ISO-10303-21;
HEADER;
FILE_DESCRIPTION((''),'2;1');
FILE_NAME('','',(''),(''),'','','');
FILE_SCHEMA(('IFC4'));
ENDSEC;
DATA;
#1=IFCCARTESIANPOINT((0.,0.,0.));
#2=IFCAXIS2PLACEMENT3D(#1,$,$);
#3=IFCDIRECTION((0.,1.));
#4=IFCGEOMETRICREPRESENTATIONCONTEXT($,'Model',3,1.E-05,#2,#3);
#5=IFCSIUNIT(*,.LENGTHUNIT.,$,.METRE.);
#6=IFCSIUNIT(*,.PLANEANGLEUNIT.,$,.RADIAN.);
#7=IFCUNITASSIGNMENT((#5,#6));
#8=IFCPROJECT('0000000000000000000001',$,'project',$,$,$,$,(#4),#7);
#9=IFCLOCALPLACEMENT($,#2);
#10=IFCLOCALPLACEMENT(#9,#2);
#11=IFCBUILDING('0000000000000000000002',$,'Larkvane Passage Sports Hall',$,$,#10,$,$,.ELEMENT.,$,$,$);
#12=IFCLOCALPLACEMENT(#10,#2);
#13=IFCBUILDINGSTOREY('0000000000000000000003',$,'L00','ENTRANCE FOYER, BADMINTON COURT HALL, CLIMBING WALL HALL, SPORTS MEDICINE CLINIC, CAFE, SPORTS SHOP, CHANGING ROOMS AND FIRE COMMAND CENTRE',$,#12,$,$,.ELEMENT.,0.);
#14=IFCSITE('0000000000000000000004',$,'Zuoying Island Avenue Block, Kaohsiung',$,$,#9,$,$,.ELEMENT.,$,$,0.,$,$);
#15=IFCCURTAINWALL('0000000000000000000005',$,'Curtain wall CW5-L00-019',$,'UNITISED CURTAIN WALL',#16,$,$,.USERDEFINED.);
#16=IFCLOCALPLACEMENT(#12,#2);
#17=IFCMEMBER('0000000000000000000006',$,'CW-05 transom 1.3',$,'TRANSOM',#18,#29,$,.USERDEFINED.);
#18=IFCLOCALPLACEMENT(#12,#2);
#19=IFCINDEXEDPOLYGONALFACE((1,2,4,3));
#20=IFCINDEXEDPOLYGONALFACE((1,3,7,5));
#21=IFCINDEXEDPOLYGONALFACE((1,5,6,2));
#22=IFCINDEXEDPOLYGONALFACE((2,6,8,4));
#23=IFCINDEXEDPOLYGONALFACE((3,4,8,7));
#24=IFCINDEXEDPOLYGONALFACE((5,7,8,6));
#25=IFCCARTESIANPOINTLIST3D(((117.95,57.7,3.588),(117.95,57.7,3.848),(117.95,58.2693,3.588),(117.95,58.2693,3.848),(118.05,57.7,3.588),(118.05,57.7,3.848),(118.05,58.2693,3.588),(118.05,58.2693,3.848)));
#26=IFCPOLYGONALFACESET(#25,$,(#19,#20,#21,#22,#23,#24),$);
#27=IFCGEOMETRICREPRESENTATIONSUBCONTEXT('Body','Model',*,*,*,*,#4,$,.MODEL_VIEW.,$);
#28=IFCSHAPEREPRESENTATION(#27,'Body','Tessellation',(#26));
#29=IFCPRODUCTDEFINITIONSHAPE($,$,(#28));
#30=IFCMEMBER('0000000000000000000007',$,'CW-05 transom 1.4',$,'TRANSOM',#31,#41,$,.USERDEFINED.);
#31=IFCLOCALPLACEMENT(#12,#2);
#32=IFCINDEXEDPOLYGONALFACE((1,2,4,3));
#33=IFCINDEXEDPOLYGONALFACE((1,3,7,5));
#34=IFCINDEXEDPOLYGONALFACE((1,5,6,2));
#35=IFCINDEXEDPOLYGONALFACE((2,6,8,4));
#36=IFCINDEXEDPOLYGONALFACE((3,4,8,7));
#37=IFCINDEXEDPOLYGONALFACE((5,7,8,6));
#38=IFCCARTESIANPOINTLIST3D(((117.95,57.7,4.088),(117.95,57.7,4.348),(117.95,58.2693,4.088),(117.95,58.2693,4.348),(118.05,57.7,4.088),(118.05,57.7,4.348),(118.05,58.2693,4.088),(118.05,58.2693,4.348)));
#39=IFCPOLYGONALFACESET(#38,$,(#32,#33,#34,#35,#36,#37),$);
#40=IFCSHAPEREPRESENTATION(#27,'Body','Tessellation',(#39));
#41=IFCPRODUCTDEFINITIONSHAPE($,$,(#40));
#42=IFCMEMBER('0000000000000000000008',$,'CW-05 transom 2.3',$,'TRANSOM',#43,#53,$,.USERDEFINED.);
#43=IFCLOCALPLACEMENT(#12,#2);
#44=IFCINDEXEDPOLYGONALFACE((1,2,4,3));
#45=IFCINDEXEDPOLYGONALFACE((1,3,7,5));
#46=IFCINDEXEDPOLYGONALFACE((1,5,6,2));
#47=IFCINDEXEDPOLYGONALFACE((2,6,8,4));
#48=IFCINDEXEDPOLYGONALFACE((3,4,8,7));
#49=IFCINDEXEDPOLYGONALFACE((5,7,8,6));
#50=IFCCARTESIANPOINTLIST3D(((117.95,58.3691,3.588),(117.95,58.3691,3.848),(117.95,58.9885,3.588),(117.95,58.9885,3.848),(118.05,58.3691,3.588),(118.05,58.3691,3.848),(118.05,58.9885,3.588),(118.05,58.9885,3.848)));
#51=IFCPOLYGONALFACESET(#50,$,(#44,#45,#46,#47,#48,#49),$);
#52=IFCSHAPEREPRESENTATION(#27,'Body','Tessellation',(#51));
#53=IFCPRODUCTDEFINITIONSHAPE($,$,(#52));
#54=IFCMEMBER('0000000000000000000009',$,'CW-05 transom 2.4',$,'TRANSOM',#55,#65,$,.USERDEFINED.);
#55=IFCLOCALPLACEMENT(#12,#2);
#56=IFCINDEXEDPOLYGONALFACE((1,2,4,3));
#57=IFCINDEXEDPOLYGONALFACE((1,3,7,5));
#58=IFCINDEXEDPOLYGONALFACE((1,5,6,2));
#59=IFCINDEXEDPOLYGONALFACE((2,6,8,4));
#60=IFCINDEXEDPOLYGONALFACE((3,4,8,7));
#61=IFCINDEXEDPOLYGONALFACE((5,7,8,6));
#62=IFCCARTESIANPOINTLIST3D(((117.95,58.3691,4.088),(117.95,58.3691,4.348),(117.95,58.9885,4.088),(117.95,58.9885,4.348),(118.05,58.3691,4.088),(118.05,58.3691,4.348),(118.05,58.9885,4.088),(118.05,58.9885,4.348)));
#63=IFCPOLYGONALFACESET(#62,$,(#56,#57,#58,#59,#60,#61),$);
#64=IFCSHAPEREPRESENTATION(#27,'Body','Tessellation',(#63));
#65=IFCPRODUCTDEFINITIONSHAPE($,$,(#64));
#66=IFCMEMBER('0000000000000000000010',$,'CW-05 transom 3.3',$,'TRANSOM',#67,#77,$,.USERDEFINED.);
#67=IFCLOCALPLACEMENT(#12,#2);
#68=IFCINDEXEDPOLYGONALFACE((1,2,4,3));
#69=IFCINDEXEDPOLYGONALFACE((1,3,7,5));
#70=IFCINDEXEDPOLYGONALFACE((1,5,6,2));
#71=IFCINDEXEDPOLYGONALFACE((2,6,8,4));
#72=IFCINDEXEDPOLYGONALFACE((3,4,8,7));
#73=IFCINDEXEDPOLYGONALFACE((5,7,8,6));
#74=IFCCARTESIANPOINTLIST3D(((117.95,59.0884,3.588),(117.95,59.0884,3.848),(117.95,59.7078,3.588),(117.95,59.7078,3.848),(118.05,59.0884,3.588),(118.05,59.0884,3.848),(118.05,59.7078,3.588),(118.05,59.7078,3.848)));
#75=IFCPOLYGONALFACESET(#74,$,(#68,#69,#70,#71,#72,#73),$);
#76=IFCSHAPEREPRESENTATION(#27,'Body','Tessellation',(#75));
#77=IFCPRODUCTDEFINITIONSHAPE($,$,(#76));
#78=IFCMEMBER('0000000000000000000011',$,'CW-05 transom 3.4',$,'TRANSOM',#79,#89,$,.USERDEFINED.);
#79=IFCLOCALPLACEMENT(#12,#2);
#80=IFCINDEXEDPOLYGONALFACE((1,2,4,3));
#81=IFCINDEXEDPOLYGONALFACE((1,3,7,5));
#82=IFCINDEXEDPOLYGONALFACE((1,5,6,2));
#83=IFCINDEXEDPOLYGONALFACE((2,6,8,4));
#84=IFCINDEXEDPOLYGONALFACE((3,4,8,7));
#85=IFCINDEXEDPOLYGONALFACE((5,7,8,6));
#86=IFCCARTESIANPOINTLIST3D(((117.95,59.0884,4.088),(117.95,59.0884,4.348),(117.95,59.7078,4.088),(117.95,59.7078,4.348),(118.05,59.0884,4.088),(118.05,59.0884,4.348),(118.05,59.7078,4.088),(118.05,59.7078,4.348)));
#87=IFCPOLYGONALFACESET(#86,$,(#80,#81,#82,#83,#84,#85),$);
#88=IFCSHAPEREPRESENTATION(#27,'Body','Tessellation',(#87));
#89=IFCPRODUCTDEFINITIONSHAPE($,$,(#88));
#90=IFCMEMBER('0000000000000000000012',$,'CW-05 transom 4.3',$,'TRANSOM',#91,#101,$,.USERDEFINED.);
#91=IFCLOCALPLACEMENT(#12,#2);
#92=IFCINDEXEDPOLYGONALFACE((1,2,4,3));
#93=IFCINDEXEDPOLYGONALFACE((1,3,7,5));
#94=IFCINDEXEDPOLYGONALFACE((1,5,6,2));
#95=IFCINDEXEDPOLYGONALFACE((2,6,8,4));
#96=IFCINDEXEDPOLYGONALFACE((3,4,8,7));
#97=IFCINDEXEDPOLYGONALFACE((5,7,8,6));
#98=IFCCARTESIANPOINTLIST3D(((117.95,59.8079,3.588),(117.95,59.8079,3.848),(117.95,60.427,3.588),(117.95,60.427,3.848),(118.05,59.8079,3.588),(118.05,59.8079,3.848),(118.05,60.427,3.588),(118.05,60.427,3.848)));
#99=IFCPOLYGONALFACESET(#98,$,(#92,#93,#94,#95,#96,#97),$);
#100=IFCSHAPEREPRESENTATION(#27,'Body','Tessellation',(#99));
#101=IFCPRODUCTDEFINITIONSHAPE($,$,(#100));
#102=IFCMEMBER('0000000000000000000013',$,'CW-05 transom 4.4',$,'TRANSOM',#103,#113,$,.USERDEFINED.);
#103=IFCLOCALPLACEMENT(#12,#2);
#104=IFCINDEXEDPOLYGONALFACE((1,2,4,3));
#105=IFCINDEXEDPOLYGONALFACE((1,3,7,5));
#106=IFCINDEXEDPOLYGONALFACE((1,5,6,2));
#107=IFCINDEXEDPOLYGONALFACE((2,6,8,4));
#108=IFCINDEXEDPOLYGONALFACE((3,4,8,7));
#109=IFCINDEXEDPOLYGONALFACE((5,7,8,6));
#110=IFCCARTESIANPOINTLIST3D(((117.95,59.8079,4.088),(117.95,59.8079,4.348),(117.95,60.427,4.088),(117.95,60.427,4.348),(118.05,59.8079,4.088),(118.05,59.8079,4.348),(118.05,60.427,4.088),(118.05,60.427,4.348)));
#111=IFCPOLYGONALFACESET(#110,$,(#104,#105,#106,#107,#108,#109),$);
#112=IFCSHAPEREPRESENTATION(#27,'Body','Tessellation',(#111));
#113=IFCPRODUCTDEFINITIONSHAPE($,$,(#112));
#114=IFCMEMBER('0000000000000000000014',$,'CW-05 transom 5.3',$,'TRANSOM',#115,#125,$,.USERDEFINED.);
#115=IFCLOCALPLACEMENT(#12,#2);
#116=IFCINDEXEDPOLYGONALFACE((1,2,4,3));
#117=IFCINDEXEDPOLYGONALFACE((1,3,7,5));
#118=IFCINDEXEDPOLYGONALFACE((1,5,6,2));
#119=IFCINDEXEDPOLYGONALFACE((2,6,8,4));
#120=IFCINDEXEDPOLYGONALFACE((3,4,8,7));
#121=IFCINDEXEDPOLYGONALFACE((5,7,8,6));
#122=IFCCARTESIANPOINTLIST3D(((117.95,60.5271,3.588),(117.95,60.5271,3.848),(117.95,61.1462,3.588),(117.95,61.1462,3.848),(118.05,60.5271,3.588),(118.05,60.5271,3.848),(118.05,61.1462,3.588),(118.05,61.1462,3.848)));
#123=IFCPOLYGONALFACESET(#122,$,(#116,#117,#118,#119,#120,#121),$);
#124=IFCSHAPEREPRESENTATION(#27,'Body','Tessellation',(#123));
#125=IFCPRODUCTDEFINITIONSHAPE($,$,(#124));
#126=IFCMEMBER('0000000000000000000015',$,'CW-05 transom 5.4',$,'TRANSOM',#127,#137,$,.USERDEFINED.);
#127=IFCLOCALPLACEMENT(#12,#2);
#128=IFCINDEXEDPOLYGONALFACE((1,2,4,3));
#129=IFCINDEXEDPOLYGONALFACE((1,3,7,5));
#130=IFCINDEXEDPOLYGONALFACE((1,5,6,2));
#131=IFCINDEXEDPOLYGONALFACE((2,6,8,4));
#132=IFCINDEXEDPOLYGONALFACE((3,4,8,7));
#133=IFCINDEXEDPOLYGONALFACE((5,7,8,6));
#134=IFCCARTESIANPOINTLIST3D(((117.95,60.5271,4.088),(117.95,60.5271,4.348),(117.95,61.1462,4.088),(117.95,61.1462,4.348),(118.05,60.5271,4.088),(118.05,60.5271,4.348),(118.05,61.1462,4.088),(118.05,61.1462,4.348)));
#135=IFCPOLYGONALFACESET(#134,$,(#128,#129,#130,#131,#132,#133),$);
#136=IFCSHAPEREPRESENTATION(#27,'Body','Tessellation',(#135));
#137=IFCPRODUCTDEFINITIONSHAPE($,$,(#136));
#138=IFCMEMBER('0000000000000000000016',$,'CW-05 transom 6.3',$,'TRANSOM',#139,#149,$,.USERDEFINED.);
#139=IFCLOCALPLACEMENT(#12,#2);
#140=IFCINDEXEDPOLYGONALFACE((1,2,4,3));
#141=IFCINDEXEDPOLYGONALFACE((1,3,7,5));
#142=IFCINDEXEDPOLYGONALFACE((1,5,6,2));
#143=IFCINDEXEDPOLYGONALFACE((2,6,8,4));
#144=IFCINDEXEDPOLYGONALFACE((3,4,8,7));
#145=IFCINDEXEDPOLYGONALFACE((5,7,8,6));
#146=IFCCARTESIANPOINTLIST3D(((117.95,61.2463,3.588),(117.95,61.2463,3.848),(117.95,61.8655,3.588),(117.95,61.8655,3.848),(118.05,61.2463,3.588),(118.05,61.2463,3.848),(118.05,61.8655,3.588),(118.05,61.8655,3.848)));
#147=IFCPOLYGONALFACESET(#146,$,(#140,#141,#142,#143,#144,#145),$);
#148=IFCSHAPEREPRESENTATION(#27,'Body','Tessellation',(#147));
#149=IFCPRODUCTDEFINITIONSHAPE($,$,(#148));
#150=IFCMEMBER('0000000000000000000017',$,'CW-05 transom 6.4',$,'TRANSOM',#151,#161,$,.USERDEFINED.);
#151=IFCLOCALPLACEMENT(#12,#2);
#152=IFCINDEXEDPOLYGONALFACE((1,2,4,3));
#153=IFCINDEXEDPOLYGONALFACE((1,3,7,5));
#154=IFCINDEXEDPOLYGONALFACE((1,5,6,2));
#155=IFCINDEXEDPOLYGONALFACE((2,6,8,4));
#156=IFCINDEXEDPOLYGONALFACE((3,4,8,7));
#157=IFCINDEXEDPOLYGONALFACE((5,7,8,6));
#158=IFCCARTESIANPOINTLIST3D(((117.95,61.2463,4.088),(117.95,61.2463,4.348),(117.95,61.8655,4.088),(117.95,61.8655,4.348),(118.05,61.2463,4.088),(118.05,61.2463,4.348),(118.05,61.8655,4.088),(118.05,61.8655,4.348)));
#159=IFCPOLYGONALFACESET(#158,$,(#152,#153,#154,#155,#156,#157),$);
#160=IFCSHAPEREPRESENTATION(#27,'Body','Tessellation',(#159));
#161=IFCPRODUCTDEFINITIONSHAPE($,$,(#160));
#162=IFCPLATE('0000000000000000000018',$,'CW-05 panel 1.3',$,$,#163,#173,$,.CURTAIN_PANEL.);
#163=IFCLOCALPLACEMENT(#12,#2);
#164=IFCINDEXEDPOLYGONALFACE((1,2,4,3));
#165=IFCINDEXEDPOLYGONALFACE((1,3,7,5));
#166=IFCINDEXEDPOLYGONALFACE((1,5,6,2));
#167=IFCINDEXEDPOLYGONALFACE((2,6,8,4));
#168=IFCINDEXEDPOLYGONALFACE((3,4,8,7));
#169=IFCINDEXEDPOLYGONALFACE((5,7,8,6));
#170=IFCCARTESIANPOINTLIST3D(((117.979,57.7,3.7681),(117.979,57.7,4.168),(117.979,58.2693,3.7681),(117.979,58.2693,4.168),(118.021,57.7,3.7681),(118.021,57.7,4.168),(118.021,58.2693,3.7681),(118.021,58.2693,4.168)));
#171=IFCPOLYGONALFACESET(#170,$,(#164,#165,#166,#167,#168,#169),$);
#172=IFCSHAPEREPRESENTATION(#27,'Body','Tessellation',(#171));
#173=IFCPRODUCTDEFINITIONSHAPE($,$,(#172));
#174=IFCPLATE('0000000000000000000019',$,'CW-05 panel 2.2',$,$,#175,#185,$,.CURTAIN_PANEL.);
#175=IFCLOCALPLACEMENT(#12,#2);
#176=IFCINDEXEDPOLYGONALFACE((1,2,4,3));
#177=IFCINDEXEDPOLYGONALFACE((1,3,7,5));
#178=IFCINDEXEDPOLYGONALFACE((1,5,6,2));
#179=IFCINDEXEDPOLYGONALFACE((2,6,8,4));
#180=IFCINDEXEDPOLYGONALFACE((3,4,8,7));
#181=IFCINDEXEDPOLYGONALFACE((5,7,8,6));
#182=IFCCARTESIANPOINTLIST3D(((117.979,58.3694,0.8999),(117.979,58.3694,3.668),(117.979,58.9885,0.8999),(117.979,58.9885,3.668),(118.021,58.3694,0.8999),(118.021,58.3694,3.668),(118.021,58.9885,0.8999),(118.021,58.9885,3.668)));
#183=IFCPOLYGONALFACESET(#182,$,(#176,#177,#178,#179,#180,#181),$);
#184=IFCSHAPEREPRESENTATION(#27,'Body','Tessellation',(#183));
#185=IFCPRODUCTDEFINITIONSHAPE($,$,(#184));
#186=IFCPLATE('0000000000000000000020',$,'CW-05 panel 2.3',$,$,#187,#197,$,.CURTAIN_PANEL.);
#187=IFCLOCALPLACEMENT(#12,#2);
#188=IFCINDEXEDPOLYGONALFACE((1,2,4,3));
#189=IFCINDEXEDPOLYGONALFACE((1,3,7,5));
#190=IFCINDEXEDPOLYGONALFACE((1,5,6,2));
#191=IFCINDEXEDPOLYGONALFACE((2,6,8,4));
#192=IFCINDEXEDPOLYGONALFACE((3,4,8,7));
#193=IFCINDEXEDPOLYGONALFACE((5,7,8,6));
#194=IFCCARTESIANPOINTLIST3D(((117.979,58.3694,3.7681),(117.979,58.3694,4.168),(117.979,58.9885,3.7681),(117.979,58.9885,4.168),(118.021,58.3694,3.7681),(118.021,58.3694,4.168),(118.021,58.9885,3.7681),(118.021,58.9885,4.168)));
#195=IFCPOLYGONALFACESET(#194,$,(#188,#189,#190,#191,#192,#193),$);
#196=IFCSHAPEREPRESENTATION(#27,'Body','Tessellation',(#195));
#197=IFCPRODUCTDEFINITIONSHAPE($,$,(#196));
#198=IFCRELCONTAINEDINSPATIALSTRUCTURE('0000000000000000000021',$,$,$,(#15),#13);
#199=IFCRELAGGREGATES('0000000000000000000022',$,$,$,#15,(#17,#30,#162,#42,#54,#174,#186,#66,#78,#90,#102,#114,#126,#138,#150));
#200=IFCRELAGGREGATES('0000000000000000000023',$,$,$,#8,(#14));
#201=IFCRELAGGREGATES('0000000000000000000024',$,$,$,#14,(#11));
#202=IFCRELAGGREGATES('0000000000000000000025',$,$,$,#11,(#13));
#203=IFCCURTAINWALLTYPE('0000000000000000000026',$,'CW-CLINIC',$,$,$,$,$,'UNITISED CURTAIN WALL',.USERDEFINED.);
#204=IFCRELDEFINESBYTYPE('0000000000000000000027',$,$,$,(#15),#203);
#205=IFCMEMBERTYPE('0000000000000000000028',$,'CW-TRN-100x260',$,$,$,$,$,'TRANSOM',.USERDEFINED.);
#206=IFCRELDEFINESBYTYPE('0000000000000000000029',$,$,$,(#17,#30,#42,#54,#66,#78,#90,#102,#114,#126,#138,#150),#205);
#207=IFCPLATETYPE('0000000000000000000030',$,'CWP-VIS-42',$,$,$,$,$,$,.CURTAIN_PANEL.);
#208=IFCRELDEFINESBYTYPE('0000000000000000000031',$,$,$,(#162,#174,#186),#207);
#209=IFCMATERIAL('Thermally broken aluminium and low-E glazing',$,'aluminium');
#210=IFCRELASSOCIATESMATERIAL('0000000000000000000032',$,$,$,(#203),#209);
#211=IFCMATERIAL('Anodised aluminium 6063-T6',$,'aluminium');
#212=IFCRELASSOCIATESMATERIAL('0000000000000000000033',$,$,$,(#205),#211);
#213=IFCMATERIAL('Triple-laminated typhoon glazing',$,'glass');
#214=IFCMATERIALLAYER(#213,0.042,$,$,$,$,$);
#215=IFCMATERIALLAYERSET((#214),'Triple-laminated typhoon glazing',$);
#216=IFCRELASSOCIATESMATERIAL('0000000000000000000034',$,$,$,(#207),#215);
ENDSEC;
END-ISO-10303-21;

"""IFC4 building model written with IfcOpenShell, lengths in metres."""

from ifc_helpers import new_model, si_unit, direction, frame, origin, origin_2d, place, context, subcontext, project, spatial, rectangle, extrude, material, layer, layer_set, material_profile, profile_set, type_object, element, aggregate, save


model = new_model("IFC4")

# Units and contexts
model_context = context("Model", 3, precision=1e-05, world=origin(), true_north=direction((0.0, 1.0)))
body_context = subcontext(model_context, "Body", "Model", "MODEL_VIEW")
ifc_project = project(units=[si_unit("LENGTHUNIT", "METRE"), si_unit("PLANEANGLEUNIT", "RADIAN")], contexts=[model_context])

# Site, building, storey
site_placement = place(None, origin())
site = spatial("IfcSite", under=ifc_project, at=site_placement, Name="Zuoying Island Avenue Block, Kaohsiung", CompositionType="ELEMENT", RefElevation=0.0)
building_placement = place(site_placement, origin())
building = spatial("IfcBuilding", under=site, at=building_placement, Name="Larkvane Passage Sports Hall", CompositionType="ELEMENT")
storey_placement = place(building_placement, origin())
storey = spatial("IfcBuildingStorey", under=building, at=storey_placement, Name="L00", Description="ENTRANCE FOYER, BADMINTON COURT HALL, CLIMBING WALL HALL, SPORTS MEDICINE CLINIC, CAFE, SPORTS SHOP, CHANGING ROOMS AND FIRE COMMAND CENTRE", CompositionType="ELEMENT", Elevation=0.0)

# Curtain wall, members, plates
ifc_material_1 = material(Name="Thermally broken aluminium and low-E glazing", Category="aluminium")
curtain_wall_type = type_object("IfcCurtainWallType", Name="CW-CLINIC", ElementType="UNITISED CURTAIN WALL", PredefinedType="USERDEFINED", material=ifc_material_1)
curtain_wall_placement = place(storey_placement, origin())
curtain_wall = element("IfcCurtainWall", 1, at=curtain_wall_placement, inside=storey, type_object=curtain_wall_type, Name="Curtain wall CW5-L00-019", ObjectType="UNITISED CURTAIN WALL", PredefinedType="USERDEFINED")
ifc_material_2 = material(Name="Anodised aluminium 6063-T6", Category="aluminium")
ifc_material_profile = material_profile(ifc_material_2, rectangle(XDim=0.1001, YDim=0.26, at=origin_2d()), Name="ALU-TRN-100x260")
ifc_profile_set = profile_set([ifc_material_profile], Name="Anodised aluminium 6063-T6")
member_type = type_object("IfcMemberType", Name="CW-TRN-100x260", ElementType="TRANSOM", PredefinedType="USERDEFINED", material=ifc_profile_set)
member_1_placement = place(storey_placement, frame((118.0, 57.7, 3.718), z_axis=(0.0, 1.0, 0.0), x_axis=(-1.0, 0.0, 0.0)))
member_1 = element("IfcMember", 2, at=member_1_placement, type_object=member_type, Name="CW-05 transom 1.3", ObjectType="TRANSOM", PredefinedType="USERDEFINED", context=body_context, shape_type="SweptSolid", body=[
    extrude(rectangle(XDim=0.1001, YDim=0.26, at=origin_2d()), origin(), (0.0, 0.0, 1.0), 0.5693),
])
member_2_placement = place(storey_placement, frame((118.0, 57.7, 4.218), z_axis=(0.0, 1.0, 0.0), x_axis=(-1.0, 0.0, 0.0)))
member_2 = element("IfcMember", 3, at=member_2_placement, type_object=member_type, Name="CW-05 transom 1.4", ObjectType="TRANSOM", PredefinedType="USERDEFINED", context=body_context, shape_type="SweptSolid", body=[
    extrude(rectangle(XDim=0.1001, YDim=0.26, at=origin_2d()), origin(), (0.0, 0.0, 1.0), 0.5693),
])
member_3_placement = place(storey_placement, frame((118.0, 58.3691, 3.718), z_axis=(0.0, 1.0, 0.0), x_axis=(-1.0, 0.0, 0.0)))
member_3 = element("IfcMember", 4, at=member_3_placement, type_object=member_type, Name="CW-05 transom 2.3", ObjectType="TRANSOM", PredefinedType="USERDEFINED", context=body_context, shape_type="SweptSolid", body=[
    extrude(rectangle(XDim=0.1001, YDim=0.26, at=origin_2d()), origin(), (0.0, 0.0, 1.0), 0.6194),
])
member_4_placement = place(storey_placement, frame((118.0, 58.3691, 4.218), z_axis=(0.0, 1.0, 0.0), x_axis=(-1.0, 0.0, 0.0)))
member_4 = element("IfcMember", 5, at=member_4_placement, type_object=member_type, Name="CW-05 transom 2.4", ObjectType="TRANSOM", PredefinedType="USERDEFINED", context=body_context, shape_type="SweptSolid", body=[
    extrude(rectangle(XDim=0.1001, YDim=0.26, at=origin_2d()), origin(), (0.0, 0.0, 1.0), 0.6194),
])
member_5_placement = place(storey_placement, frame((118.0, 59.0884, 3.718), z_axis=(0.0, 1.0, 0.0), x_axis=(-1.0, 0.0, 0.0)))
member_5 = element("IfcMember", 6, at=member_5_placement, type_object=member_type, Name="CW-05 transom 3.3", ObjectType="TRANSOM", PredefinedType="USERDEFINED", context=body_context, shape_type="SweptSolid", body=[
    extrude(rectangle(XDim=0.1001, YDim=0.26, at=origin_2d()), origin(), (0.0, 0.0, 1.0), 0.6194),
])
member_6_placement = place(storey_placement, frame((118.0, 59.0884, 4.218), z_axis=(0.0, 1.0, 0.0), x_axis=(-1.0, 0.0, 0.0)))
member_6 = element("IfcMember", 7, at=member_6_placement, type_object=member_type, Name="CW-05 transom 3.4", ObjectType="TRANSOM", PredefinedType="USERDEFINED", context=body_context, shape_type="SweptSolid", body=[
    extrude(rectangle(XDim=0.1001, YDim=0.26, at=origin_2d()), origin(), (0.0, 0.0, 1.0), 0.6194),
])
member_7_placement = place(storey_placement, frame((118.0, 59.8079, 3.718), z_axis=(0.0, 1.0, 0.0), x_axis=(-1.0, 0.0, 0.0)))
member_7 = element("IfcMember", 8, at=member_7_placement, type_object=member_type, Name="CW-05 transom 4.3", ObjectType="TRANSOM", PredefinedType="USERDEFINED", context=body_context, shape_type="SweptSolid", body=[
    extrude(rectangle(XDim=0.1001, YDim=0.26, at=origin_2d()), origin(), (0.0, 0.0, 1.0), 0.6191),
])
member_8_placement = place(storey_placement, frame((118.0, 59.8079, 4.218), z_axis=(0.0, 1.0, 0.0), x_axis=(-1.0, 0.0, 0.0)))
member_8 = element("IfcMember", 9, at=member_8_placement, type_object=member_type, Name="CW-05 transom 4.4", ObjectType="TRANSOM", PredefinedType="USERDEFINED", context=body_context, shape_type="SweptSolid", body=[
    extrude(rectangle(XDim=0.1001, YDim=0.26, at=origin_2d()), origin(), (0.0, 0.0, 1.0), 0.6191),
])
member_9_placement = place(storey_placement, frame((118.0, 60.5271, 3.718), z_axis=(0.0, 1.0, 0.0), x_axis=(-1.0, 0.0, 0.0)))
member_9 = element("IfcMember", 10, at=member_9_placement, type_object=member_type, Name="CW-05 transom 5.3", ObjectType="TRANSOM", PredefinedType="USERDEFINED", context=body_context, shape_type="SweptSolid", body=[
    extrude(rectangle(XDim=0.1001, YDim=0.26, at=origin_2d()), origin(), (0.0, 0.0, 1.0), 0.6191),
])
member_10_placement = place(storey_placement, frame((118.0, 60.5271, 4.218), z_axis=(0.0, 1.0, 0.0), x_axis=(-1.0, 0.0, 0.0)))
member_10 = element("IfcMember", 11, at=member_10_placement, type_object=member_type, Name="CW-05 transom 5.4", ObjectType="TRANSOM", PredefinedType="USERDEFINED", context=body_context, shape_type="SweptSolid", body=[
    extrude(rectangle(XDim=0.1001, YDim=0.26, at=origin_2d()), origin(), (0.0, 0.0, 1.0), 0.6191),
])
member_11_placement = place(storey_placement, frame((118.0, 61.2463, 3.718), z_axis=(0.0, 1.0, 0.0), x_axis=(-1.0, 0.0, 0.0)))
member_11 = element("IfcMember", 12, at=member_11_placement, type_object=member_type, Name="CW-05 transom 6.3", ObjectType="TRANSOM", PredefinedType="USERDEFINED", context=body_context, shape_type="SweptSolid", body=[
    extrude(rectangle(XDim=0.1001, YDim=0.26, at=origin_2d()), origin(), (0.0, 0.0, 1.0), 0.6191),
])
member_12_placement = place(storey_placement, frame((118.0, 61.2463, 4.218), z_axis=(0.0, 1.0, 0.0), x_axis=(-1.0, 0.0, 0.0)))
member_12 = element("IfcMember", 13, at=member_12_placement, type_object=member_type, Name="CW-05 transom 6.4", ObjectType="TRANSOM", PredefinedType="USERDEFINED", context=body_context, shape_type="SweptSolid", body=[
    extrude(rectangle(XDim=0.1001, YDim=0.26, at=origin_2d()), origin(), (0.0, 0.0, 1.0), 0.6191),
])
ifc_material_3 = material(Name="Triple-laminated typhoon glazing", Category="glass")
ifc_layer = layer(ifc_material_3, 0.042)
ifc_layer_set = layer_set([ifc_layer], Name="Triple-laminated typhoon glazing")
plate_type = type_object("IfcPlateType", Name="CWP-VIS-42", PredefinedType="CURTAIN_PANEL", material=ifc_layer_set)
plate_1_placement = place(storey_placement, frame((118.0, 57.9846, 3.7681), z_axis=(0.0, 0.0, 1.0), x_axis=(0.0, 1.0, 0.0)))
plate_1 = element("IfcPlate", 14, at=plate_1_placement, type_object=plate_type, Name="CW-05 panel 1.3", PredefinedType="CURTAIN_PANEL", context=body_context, shape_type="SweptSolid", body=[
    extrude(rectangle(XDim=0.5693, YDim=0.042, at=origin_2d()), origin(), (0.0, 0.0, 1.0), 0.3999),
])
plate_2_placement = place(storey_placement, frame((118.0, 58.679, 0.8999), z_axis=(0.0, 0.0, 1.0), x_axis=(0.0, 1.0, 0.0)))
plate_2 = element("IfcPlate", 15, at=plate_2_placement, type_object=plate_type, Name="CW-05 panel 2.2", PredefinedType="CURTAIN_PANEL", context=body_context, shape_type="SweptSolid", body=[
    extrude(rectangle(XDim=0.6191, YDim=0.042, at=origin_2d()), origin(), (0.0, 0.0, 1.0), 2.7681),
])
plate_3_placement = place(storey_placement, frame((118.0, 58.679, 3.7681), z_axis=(0.0, 0.0, 1.0), x_axis=(0.0, 1.0, 0.0)))
plate_3 = element("IfcPlate", 16, at=plate_3_placement, type_object=plate_type, Name="CW-05 panel 2.3", PredefinedType="CURTAIN_PANEL", context=body_context, shape_type="SweptSolid", body=[
    extrude(rectangle(XDim=0.6191, YDim=0.042, at=origin_2d()), origin(), (0.0, 0.0, 1.0), 0.3999),
])
aggregate(curtain_wall, [member_1, member_2, plate_1, member_3, member_4, plate_2, plate_3, member_5, member_6, member_7, member_8, member_9, member_10, member_11, member_12])

save(model, "model.ifc")
